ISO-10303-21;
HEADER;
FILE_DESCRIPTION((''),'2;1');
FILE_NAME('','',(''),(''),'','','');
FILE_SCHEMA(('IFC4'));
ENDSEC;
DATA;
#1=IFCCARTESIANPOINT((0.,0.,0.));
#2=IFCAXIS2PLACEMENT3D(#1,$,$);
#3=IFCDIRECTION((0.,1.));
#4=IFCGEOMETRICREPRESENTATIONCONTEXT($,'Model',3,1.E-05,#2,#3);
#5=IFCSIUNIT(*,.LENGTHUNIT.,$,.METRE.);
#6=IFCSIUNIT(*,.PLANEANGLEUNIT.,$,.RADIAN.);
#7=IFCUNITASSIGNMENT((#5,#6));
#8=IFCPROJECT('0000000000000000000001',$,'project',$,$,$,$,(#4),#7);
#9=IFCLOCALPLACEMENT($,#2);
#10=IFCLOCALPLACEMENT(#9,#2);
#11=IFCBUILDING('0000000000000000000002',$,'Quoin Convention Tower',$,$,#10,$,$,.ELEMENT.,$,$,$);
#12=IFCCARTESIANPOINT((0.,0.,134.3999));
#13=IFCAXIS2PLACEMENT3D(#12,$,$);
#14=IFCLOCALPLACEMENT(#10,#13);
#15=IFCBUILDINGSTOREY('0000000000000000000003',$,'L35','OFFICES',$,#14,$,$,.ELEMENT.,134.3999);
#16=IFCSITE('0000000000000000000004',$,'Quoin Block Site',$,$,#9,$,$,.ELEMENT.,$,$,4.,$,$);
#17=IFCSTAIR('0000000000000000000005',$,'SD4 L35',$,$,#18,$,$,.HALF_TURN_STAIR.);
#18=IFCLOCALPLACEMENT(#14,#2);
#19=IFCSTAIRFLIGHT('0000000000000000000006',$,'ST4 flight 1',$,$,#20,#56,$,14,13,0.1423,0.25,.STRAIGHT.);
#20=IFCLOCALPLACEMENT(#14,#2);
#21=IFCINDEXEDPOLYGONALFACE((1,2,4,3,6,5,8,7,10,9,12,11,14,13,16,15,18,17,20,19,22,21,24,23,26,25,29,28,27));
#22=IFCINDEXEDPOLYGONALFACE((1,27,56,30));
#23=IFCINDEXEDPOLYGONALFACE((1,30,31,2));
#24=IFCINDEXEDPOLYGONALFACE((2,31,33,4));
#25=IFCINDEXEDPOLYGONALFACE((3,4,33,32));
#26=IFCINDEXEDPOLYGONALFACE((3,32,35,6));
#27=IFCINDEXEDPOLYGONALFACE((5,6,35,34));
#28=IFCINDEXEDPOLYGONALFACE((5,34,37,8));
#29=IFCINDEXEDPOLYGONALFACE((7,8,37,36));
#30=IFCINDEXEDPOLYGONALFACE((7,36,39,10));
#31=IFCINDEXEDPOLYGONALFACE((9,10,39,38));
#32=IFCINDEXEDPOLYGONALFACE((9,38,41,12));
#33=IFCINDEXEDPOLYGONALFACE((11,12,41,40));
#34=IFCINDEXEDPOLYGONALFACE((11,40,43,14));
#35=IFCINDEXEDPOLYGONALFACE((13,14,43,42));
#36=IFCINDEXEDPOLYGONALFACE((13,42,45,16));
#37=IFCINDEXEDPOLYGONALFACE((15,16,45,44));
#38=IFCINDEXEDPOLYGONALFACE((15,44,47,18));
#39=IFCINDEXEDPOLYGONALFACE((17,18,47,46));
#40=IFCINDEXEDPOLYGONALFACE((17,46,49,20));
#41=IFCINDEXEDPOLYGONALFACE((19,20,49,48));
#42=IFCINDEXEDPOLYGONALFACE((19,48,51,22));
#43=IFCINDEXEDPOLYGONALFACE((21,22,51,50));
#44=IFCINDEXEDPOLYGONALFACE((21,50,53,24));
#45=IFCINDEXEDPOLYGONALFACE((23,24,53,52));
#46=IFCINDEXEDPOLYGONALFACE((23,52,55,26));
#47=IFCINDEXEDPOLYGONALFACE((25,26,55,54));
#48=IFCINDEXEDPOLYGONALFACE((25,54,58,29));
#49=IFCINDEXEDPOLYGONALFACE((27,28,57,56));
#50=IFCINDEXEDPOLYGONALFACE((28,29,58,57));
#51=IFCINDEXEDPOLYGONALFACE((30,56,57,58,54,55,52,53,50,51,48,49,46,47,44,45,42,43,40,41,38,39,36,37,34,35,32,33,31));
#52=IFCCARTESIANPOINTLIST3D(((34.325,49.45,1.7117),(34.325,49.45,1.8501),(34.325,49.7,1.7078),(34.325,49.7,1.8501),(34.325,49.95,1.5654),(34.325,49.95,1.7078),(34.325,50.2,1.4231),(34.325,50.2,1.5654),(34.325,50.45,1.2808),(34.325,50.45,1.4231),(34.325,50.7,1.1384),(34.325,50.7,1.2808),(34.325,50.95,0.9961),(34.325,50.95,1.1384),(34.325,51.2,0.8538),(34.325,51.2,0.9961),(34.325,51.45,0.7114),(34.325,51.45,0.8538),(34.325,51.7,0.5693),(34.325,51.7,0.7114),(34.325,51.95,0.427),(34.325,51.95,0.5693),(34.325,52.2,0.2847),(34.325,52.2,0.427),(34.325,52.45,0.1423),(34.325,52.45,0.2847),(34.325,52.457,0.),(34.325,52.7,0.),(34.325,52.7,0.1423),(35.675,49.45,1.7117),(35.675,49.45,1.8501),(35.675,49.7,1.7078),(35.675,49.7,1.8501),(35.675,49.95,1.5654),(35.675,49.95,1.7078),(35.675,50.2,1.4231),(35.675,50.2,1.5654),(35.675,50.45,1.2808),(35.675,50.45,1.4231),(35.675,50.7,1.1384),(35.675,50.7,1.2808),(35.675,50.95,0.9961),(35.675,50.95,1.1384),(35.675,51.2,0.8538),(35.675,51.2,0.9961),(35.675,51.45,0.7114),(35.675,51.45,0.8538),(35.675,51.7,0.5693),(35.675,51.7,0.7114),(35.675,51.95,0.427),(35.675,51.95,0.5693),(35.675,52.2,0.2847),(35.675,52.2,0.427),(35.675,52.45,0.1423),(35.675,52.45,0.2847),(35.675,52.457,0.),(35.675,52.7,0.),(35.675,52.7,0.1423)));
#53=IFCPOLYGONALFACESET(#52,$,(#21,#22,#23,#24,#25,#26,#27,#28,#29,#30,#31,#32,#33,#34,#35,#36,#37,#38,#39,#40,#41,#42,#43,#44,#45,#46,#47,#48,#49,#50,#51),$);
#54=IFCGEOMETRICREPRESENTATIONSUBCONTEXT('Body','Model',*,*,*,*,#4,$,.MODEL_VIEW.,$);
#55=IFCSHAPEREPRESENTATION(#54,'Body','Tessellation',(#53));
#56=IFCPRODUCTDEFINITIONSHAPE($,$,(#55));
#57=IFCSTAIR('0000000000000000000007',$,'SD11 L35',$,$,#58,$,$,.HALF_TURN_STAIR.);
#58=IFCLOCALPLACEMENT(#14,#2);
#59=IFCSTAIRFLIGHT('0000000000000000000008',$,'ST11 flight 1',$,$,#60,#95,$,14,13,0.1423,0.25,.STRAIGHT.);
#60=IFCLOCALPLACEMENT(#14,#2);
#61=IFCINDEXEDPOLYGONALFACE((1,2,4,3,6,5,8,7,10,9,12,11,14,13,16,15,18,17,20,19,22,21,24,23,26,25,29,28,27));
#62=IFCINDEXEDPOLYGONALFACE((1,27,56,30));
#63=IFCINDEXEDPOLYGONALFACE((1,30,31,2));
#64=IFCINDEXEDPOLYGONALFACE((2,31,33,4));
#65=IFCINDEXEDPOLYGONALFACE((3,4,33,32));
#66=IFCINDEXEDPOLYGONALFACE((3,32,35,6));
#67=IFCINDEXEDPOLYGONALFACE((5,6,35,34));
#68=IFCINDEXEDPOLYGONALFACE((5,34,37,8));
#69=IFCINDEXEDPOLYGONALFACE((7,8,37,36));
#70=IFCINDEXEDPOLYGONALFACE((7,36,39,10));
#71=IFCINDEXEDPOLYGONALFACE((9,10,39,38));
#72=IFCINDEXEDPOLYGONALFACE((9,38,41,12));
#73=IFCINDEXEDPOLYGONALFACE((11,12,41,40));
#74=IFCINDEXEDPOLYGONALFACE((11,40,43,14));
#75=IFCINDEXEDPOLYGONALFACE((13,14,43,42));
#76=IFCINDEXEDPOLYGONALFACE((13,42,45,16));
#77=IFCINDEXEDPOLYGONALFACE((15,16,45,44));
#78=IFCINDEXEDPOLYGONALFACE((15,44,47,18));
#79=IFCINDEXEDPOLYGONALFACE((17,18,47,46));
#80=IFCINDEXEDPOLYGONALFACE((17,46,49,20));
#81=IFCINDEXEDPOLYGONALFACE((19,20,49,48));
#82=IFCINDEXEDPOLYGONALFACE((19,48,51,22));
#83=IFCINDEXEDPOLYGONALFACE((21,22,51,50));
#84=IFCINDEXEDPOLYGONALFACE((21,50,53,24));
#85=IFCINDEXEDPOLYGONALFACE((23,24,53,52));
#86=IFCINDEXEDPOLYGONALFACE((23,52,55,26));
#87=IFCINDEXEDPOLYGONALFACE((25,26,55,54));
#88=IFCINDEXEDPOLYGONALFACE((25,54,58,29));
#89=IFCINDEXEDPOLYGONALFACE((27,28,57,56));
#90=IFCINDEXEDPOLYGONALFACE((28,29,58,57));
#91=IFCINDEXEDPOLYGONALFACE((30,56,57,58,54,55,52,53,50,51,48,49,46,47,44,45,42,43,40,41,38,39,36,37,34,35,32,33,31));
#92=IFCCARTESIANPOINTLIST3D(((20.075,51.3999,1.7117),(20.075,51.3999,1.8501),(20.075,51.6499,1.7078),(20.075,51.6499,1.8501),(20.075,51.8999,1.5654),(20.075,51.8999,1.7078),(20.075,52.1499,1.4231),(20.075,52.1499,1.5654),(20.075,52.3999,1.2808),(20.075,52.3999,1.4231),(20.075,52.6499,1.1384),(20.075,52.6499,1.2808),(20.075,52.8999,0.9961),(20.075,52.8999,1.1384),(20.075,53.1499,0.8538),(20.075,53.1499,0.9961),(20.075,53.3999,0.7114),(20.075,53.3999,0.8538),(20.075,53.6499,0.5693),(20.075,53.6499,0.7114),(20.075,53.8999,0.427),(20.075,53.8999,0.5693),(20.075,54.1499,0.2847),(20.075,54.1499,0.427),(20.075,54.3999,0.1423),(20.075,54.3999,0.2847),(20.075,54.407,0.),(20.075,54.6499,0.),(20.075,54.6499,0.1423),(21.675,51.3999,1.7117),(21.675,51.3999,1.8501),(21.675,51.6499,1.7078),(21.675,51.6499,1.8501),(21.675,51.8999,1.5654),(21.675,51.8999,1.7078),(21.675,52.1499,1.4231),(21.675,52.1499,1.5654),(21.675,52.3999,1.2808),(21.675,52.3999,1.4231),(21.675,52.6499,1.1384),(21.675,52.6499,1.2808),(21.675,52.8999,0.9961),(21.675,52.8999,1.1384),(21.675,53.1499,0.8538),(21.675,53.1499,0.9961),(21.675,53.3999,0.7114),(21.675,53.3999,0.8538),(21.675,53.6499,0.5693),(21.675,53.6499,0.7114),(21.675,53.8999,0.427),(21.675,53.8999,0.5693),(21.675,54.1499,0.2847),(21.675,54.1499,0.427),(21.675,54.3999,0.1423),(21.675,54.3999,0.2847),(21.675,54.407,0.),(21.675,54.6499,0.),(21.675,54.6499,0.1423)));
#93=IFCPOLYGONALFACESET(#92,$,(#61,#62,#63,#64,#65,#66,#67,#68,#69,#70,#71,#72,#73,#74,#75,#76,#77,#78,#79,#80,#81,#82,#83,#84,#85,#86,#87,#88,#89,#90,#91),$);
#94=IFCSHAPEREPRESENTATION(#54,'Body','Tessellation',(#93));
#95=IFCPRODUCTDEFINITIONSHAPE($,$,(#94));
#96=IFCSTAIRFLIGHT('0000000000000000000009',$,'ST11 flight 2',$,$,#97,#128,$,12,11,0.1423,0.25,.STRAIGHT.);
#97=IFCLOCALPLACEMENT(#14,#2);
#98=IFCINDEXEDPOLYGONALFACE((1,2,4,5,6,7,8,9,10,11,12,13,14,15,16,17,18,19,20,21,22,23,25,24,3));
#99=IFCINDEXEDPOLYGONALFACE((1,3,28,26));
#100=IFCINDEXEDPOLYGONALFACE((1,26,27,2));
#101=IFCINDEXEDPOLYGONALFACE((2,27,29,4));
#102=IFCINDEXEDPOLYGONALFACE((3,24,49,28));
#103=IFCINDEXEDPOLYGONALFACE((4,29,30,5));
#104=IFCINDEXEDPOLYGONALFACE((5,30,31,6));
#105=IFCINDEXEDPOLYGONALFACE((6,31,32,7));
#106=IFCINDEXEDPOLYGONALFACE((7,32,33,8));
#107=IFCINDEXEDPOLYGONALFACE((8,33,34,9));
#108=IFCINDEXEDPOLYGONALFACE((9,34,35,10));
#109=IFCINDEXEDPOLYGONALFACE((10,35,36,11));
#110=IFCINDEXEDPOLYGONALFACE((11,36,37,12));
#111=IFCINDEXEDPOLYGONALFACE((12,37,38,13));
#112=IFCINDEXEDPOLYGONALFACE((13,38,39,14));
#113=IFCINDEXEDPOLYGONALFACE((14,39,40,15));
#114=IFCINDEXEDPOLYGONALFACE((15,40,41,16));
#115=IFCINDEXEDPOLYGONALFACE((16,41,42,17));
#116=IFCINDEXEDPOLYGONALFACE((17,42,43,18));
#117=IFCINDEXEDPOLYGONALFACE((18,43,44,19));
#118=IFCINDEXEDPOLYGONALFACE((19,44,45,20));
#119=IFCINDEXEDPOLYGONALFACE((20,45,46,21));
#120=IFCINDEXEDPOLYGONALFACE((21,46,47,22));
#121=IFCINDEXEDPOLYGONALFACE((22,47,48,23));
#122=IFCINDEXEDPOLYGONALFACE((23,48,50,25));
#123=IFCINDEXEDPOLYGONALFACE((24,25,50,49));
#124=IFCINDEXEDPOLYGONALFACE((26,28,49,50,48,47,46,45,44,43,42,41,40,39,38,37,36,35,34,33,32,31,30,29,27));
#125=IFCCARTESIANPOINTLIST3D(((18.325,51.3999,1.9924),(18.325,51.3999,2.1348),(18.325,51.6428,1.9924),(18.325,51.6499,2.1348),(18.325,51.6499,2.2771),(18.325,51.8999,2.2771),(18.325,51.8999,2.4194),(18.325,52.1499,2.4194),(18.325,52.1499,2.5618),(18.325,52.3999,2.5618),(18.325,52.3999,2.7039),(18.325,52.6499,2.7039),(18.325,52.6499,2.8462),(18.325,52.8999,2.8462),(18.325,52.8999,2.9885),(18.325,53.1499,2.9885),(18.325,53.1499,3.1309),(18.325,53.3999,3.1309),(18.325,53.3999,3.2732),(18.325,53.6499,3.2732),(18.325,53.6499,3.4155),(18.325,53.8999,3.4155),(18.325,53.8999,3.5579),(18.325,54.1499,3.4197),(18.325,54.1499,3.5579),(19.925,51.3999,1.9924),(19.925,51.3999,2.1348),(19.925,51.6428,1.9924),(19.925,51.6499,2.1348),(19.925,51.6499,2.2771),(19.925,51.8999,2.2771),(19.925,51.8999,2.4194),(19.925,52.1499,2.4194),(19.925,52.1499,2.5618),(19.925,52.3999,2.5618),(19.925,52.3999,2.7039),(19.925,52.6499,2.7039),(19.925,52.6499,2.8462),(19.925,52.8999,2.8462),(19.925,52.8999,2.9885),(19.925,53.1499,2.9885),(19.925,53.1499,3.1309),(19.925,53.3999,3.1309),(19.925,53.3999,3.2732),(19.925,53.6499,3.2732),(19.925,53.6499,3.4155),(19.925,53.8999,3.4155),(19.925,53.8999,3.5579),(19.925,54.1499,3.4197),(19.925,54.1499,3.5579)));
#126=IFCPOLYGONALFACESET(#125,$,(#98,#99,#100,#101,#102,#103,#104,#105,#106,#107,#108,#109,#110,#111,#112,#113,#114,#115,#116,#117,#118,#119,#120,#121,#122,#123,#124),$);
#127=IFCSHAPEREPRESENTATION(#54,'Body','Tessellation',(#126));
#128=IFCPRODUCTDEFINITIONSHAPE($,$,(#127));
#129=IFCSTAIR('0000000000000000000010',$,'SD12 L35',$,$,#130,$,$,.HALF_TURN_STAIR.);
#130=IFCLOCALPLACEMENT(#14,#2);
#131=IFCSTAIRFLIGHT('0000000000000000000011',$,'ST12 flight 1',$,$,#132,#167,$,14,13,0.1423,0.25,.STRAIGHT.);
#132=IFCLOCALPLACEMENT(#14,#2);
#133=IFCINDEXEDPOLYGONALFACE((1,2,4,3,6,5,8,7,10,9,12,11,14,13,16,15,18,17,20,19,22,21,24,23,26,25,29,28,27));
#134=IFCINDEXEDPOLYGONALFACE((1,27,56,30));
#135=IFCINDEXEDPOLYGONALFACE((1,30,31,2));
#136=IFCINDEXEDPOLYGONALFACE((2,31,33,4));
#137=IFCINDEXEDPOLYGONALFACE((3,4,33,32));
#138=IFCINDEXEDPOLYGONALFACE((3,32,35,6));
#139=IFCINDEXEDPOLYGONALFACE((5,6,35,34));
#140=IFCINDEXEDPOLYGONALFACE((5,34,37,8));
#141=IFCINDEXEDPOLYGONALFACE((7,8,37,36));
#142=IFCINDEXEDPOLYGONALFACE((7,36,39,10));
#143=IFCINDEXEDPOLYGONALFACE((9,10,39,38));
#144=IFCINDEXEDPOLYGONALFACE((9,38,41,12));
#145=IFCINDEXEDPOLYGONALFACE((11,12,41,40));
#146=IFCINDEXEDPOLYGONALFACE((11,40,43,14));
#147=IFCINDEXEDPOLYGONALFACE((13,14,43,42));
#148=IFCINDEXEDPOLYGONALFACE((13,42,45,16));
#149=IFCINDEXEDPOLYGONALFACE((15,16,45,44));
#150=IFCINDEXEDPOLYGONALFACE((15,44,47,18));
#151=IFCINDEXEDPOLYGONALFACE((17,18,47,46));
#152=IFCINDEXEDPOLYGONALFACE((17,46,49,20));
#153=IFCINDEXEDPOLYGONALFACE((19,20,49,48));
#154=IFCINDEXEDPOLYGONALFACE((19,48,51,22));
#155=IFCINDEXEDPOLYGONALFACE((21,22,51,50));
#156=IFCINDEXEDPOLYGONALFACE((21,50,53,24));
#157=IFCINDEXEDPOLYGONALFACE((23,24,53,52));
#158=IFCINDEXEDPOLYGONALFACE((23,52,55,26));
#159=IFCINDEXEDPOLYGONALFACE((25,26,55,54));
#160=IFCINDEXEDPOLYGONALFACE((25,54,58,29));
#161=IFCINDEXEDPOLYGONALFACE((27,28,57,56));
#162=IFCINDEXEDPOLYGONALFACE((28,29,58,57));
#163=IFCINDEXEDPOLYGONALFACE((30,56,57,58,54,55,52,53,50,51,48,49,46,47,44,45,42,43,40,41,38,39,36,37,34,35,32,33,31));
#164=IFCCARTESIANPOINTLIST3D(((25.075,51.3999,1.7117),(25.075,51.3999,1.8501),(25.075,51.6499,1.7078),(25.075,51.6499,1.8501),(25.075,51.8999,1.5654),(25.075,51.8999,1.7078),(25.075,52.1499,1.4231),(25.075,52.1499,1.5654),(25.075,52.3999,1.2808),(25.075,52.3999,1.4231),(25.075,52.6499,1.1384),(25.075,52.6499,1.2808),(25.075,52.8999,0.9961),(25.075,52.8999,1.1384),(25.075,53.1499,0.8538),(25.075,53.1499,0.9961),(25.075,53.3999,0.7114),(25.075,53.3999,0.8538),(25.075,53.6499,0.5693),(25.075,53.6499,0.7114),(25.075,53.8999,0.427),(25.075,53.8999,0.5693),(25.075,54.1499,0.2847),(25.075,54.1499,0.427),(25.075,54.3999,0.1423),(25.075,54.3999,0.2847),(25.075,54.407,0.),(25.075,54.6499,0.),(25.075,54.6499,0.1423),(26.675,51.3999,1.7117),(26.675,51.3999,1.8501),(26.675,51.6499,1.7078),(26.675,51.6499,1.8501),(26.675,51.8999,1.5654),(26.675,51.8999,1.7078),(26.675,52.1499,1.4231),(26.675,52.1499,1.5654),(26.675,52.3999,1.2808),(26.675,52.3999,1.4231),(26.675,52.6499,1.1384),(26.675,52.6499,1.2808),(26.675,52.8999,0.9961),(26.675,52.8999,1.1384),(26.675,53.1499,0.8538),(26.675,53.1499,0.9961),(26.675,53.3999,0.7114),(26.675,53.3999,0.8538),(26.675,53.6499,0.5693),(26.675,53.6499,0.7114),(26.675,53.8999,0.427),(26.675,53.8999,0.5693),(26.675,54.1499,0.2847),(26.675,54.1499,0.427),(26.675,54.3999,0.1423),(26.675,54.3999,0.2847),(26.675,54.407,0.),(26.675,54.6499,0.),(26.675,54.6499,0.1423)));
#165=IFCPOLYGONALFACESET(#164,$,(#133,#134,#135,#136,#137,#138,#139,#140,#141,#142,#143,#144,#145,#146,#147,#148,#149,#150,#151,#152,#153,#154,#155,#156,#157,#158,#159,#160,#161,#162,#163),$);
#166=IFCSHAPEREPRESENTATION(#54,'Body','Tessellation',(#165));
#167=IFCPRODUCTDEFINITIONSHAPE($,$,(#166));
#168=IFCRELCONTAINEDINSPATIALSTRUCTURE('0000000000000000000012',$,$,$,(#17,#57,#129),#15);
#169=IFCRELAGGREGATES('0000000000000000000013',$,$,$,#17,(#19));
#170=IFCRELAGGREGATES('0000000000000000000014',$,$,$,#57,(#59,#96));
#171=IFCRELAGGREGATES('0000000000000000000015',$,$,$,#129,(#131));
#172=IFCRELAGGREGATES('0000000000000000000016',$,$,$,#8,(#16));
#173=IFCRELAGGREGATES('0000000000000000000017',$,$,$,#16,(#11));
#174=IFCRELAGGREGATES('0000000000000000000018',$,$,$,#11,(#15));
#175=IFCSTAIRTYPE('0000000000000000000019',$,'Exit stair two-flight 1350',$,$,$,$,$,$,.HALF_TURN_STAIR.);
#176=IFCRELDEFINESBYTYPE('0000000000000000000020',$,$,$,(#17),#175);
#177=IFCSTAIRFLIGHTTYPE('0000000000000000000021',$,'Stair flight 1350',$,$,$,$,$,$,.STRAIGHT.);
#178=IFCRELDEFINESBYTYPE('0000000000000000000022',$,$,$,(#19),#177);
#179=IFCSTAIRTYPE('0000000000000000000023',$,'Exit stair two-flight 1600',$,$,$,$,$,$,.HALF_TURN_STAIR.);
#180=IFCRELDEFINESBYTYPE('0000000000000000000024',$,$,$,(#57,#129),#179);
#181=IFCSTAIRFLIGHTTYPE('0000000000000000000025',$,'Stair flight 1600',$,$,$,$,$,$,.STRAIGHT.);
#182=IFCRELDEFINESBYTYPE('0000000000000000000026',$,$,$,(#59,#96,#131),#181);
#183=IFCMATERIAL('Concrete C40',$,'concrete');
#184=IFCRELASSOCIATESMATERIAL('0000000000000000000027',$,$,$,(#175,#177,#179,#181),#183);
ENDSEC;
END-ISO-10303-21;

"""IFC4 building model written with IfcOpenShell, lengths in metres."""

from ifc_helpers import new_model, si_unit, direction, frame, origin, place, context, subcontext, project, spatial, polyline, outline, extrude, material, type_object, element, aggregate, save


model = new_model("IFC4")

# Units and contexts
model_context = context("Model", 3, precision=1e-05, world=origin(), true_north=direction((0.0, 1.0)))
body_context = subcontext(model_context, "Body", "Model", "MODEL_VIEW")
ifc_project = project(units=[si_unit("LENGTHUNIT", "METRE"), si_unit("PLANEANGLEUNIT", "RADIAN")], contexts=[model_context])

# Site, building, storey
site_placement = place(None, origin())
site = spatial("IfcSite", under=ifc_project, at=site_placement, Name="Quoin Block Site", CompositionType="ELEMENT", RefElevation=4.0)
building_placement = place(site_placement, origin())
building = spatial("IfcBuilding", under=site, at=building_placement, Name="Quoin Convention Tower", CompositionType="ELEMENT")
storey_placement = place(building_placement, frame((0.0, 0.0, 134.3999)))
storey = spatial("IfcBuildingStorey", under=building, at=storey_placement, Name="L35", Description="OFFICES", CompositionType="ELEMENT", Elevation=134.3999)

# Stair, stair flight
ifc_material_1 = material(Name="Concrete C40", Category="concrete")
stair_type_1 = type_object("IfcStairType", Name="Exit stair two-flight 1350", PredefinedType="HALF_TURN_STAIR", material=ifc_material_1)
stair_1_placement = place(storey_placement, origin())
stair_1 = element("IfcStair", 1, at=stair_1_placement, inside=storey, type_object=stair_type_1, Name="SD4 L35", PredefinedType="HALF_TURN_STAIR")
stair_flight_type_1 = type_object("IfcStairFlightType", Name="Stair flight 1350", PredefinedType="STRAIGHT", material=ifc_material_1)
stair_flight_1_placement = place(storey_placement, frame((35.0, 52.7, 0.0), z_axis=(0.0, 0.0, 1.0), x_axis=(0.0, -1.0, 0.0)))
stair_flight_1 = element("IfcStairFlight", 2, at=stair_flight_1_placement, type_object=stair_flight_type_1, Name="ST4 flight 1", NumberOfRisers=14, NumberOfTreads=13, PredefinedType="STRAIGHT", RiserHeight=0.1423, TreadLength=0.25, context=body_context, shape_type="SweptSolid", body=[
    extrude(outline(polyline([(0.0, 0.0), (0.0, 0.1423), (0.25, 0.1423), (0.25, 0.2847), (0.5, 0.2847), (0.5, 0.427), (0.75, 0.427), (0.75, 0.5693), (1.0, 0.5693), (1.0, 0.7114), (1.25, 0.7114), (1.25, 0.8538), (1.5, 0.8538), (1.5, 0.9961), (1.75, 0.9961), (1.75, 1.1384), (2.0, 1.1384), (2.0, 1.2808), (2.25, 1.2808), (2.25, 1.4231), (2.5, 1.4231), (2.5, 1.5654), (2.75, 1.5654), (2.75, 1.7078), (3.0, 1.7078), (3.0, 1.8501), (3.25, 1.8501), (3.25, 1.9922), (3.25, 1.7117), (0.2429, 0.0), (0.0, 0.0)])), frame((0.0, 0.675, 0.0), z_axis=(0.0, -1.0, 0.0), x_axis=(1.0, 0.0, 0.0)), (0.0, 0.0, 1.0), 1.3501),
])
aggregate(stair_1, [stair_flight_1])

# Stairs, stair flights
stair_type_2 = type_object("IfcStairType", Name="Exit stair two-flight 1600", PredefinedType="HALF_TURN_STAIR", material=ifc_material_1)
stair_2_placement = place(storey_placement, origin())
stair_2 = element("IfcStair", 3, at=stair_2_placement, inside=storey, type_object=stair_type_2, Name="SD11 L35", PredefinedType="HALF_TURN_STAIR")
stair_flight_type_2 = type_object("IfcStairFlightType", Name="Stair flight 1600", PredefinedType="STRAIGHT", material=ifc_material_1)
stair_flight_2_placement = place(storey_placement, frame((20.875, 54.6499, 0.0), z_axis=(0.0, 0.0, 1.0), x_axis=(0.0, -1.0, 0.0)))
stair_flight_2 = element("IfcStairFlight", 4, at=stair_flight_2_placement, type_object=stair_flight_type_2, Name="ST11 flight 1", NumberOfRisers=14, NumberOfTreads=13, PredefinedType="STRAIGHT", RiserHeight=0.1423, TreadLength=0.25, context=body_context, shape_type="SweptSolid", body=[
    extrude(outline(polyline([(0.0, 0.0), (0.0, 0.1423), (0.25, 0.1423), (0.25, 0.2847), (0.5, 0.2847), (0.5, 0.427), (0.75, 0.427), (0.75, 0.5693), (1.0, 0.5693), (1.0, 0.7114), (1.25, 0.7114), (1.25, 0.8538), (1.5, 0.8538), (1.5, 0.9961), (1.75, 0.9961), (1.75, 1.1384), (2.0, 1.1384), (2.0, 1.2808), (2.25, 1.2808), (2.25, 1.4231), (2.5, 1.4231), (2.5, 1.5654), (2.75, 1.5654), (2.75, 1.7078), (3.0, 1.7078), (3.0, 1.8501), (3.25, 1.8501), (3.25, 1.9922), (3.25, 1.7117), (0.2429, 0.0), (0.0, 0.0)])), frame((0.0, 0.8, 0.0), z_axis=(0.0, -1.0, 0.0), x_axis=(1.0, 0.0, 0.0)), (0.0, 0.0, 1.0), 1.6001),
])
stair_flight_3_placement = place(storey_placement, frame((19.125, 51.3999, 1.9924), z_axis=(0.0, 0.0, 1.0), x_axis=(0.0, 1.0, 0.0)))
stair_flight_3 = element("IfcStairFlight", 5, at=stair_flight_3_placement, type_object=stair_flight_type_2, Name="ST11 flight 2", NumberOfRisers=12, NumberOfTreads=11, PredefinedType="STRAIGHT", RiserHeight=0.1423, TreadLength=0.25, context=body_context, shape_type="SweptSolid", body=[
    extrude(outline(polyline([(0.0, 0.0), (0.0, 0.1423), (0.25, 0.1423), (0.25, 0.2847), (0.5, 0.2847), (0.5, 0.427), (0.75, 0.427), (0.75, 0.5693), (1.0, 0.5693), (1.0, 0.7114), (1.25, 0.7114), (1.25, 0.8538), (1.5, 0.8538), (1.5, 0.9961), (1.75, 0.9961), (1.75, 1.1384), (2.0, 1.1384), (2.0, 1.2808), (2.25, 1.2808), (2.25, 1.4231), (2.5, 1.4231), (2.5, 1.5654), (2.75, 1.5654), (2.75, 1.7078), (2.75, 1.4272), (0.2429, 0.0), (0.0, 0.0)])), frame((0.0, 0.8, 0.0), z_axis=(0.0, -1.0, 0.0), x_axis=(1.0, 0.0, 0.0)), (0.0, 0.0, 1.0), 1.6001),
])
aggregate(stair_2, [stair_flight_2, stair_flight_3])
stair_3_placement = place(storey_placement, origin())
stair_3 = element("IfcStair", 6, at=stair_3_placement, inside=storey, type_object=stair_type_2, Name="SD12 L35", PredefinedType="HALF_TURN_STAIR")
stair_flight_4_placement = place(storey_placement, frame((25.875, 54.6499, 0.0), z_axis=(0.0, 0.0, 1.0), x_axis=(0.0, -1.0, 0.0)))
stair_flight_4 = element("IfcStairFlight", 7, at=stair_flight_4_placement, type_object=stair_flight_type_2, Name="ST12 flight 1", NumberOfRisers=14, NumberOfTreads=13, PredefinedType="STRAIGHT", RiserHeight=0.1423, TreadLength=0.25, context=body_context, shape_type="SweptSolid", body=[
    extrude(outline(polyline([(0.0, 0.0), (0.0, 0.1423), (0.25, 0.1423), (0.25, 0.2847), (0.5, 0.2847), (0.5, 0.427), (0.75, 0.427), (0.75, 0.5693), (1.0, 0.5693), (1.0, 0.7114), (1.25, 0.7114), (1.25, 0.8538), (1.5, 0.8538), (1.5, 0.9961), (1.75, 0.9961), (1.75, 1.1384), (2.0, 1.1384), (2.0, 1.2808), (2.25, 1.2808), (2.25, 1.4231), (2.5, 1.4231), (2.5, 1.5654), (2.75, 1.5654), (2.75, 1.7078), (3.0, 1.7078), (3.0, 1.8501), (3.25, 1.8501), (3.25, 1.9922), (3.25, 1.7117), (0.2429, 0.0), (0.0, 0.0)])), frame((0.0, 0.8, 0.0), z_axis=(0.0, -1.0, 0.0), x_axis=(1.0, 0.0, 0.0)), (0.0, 0.0, 1.0), 1.6001),
])
aggregate(stair_3, [stair_flight_4])

save(model, "model.ifc")
